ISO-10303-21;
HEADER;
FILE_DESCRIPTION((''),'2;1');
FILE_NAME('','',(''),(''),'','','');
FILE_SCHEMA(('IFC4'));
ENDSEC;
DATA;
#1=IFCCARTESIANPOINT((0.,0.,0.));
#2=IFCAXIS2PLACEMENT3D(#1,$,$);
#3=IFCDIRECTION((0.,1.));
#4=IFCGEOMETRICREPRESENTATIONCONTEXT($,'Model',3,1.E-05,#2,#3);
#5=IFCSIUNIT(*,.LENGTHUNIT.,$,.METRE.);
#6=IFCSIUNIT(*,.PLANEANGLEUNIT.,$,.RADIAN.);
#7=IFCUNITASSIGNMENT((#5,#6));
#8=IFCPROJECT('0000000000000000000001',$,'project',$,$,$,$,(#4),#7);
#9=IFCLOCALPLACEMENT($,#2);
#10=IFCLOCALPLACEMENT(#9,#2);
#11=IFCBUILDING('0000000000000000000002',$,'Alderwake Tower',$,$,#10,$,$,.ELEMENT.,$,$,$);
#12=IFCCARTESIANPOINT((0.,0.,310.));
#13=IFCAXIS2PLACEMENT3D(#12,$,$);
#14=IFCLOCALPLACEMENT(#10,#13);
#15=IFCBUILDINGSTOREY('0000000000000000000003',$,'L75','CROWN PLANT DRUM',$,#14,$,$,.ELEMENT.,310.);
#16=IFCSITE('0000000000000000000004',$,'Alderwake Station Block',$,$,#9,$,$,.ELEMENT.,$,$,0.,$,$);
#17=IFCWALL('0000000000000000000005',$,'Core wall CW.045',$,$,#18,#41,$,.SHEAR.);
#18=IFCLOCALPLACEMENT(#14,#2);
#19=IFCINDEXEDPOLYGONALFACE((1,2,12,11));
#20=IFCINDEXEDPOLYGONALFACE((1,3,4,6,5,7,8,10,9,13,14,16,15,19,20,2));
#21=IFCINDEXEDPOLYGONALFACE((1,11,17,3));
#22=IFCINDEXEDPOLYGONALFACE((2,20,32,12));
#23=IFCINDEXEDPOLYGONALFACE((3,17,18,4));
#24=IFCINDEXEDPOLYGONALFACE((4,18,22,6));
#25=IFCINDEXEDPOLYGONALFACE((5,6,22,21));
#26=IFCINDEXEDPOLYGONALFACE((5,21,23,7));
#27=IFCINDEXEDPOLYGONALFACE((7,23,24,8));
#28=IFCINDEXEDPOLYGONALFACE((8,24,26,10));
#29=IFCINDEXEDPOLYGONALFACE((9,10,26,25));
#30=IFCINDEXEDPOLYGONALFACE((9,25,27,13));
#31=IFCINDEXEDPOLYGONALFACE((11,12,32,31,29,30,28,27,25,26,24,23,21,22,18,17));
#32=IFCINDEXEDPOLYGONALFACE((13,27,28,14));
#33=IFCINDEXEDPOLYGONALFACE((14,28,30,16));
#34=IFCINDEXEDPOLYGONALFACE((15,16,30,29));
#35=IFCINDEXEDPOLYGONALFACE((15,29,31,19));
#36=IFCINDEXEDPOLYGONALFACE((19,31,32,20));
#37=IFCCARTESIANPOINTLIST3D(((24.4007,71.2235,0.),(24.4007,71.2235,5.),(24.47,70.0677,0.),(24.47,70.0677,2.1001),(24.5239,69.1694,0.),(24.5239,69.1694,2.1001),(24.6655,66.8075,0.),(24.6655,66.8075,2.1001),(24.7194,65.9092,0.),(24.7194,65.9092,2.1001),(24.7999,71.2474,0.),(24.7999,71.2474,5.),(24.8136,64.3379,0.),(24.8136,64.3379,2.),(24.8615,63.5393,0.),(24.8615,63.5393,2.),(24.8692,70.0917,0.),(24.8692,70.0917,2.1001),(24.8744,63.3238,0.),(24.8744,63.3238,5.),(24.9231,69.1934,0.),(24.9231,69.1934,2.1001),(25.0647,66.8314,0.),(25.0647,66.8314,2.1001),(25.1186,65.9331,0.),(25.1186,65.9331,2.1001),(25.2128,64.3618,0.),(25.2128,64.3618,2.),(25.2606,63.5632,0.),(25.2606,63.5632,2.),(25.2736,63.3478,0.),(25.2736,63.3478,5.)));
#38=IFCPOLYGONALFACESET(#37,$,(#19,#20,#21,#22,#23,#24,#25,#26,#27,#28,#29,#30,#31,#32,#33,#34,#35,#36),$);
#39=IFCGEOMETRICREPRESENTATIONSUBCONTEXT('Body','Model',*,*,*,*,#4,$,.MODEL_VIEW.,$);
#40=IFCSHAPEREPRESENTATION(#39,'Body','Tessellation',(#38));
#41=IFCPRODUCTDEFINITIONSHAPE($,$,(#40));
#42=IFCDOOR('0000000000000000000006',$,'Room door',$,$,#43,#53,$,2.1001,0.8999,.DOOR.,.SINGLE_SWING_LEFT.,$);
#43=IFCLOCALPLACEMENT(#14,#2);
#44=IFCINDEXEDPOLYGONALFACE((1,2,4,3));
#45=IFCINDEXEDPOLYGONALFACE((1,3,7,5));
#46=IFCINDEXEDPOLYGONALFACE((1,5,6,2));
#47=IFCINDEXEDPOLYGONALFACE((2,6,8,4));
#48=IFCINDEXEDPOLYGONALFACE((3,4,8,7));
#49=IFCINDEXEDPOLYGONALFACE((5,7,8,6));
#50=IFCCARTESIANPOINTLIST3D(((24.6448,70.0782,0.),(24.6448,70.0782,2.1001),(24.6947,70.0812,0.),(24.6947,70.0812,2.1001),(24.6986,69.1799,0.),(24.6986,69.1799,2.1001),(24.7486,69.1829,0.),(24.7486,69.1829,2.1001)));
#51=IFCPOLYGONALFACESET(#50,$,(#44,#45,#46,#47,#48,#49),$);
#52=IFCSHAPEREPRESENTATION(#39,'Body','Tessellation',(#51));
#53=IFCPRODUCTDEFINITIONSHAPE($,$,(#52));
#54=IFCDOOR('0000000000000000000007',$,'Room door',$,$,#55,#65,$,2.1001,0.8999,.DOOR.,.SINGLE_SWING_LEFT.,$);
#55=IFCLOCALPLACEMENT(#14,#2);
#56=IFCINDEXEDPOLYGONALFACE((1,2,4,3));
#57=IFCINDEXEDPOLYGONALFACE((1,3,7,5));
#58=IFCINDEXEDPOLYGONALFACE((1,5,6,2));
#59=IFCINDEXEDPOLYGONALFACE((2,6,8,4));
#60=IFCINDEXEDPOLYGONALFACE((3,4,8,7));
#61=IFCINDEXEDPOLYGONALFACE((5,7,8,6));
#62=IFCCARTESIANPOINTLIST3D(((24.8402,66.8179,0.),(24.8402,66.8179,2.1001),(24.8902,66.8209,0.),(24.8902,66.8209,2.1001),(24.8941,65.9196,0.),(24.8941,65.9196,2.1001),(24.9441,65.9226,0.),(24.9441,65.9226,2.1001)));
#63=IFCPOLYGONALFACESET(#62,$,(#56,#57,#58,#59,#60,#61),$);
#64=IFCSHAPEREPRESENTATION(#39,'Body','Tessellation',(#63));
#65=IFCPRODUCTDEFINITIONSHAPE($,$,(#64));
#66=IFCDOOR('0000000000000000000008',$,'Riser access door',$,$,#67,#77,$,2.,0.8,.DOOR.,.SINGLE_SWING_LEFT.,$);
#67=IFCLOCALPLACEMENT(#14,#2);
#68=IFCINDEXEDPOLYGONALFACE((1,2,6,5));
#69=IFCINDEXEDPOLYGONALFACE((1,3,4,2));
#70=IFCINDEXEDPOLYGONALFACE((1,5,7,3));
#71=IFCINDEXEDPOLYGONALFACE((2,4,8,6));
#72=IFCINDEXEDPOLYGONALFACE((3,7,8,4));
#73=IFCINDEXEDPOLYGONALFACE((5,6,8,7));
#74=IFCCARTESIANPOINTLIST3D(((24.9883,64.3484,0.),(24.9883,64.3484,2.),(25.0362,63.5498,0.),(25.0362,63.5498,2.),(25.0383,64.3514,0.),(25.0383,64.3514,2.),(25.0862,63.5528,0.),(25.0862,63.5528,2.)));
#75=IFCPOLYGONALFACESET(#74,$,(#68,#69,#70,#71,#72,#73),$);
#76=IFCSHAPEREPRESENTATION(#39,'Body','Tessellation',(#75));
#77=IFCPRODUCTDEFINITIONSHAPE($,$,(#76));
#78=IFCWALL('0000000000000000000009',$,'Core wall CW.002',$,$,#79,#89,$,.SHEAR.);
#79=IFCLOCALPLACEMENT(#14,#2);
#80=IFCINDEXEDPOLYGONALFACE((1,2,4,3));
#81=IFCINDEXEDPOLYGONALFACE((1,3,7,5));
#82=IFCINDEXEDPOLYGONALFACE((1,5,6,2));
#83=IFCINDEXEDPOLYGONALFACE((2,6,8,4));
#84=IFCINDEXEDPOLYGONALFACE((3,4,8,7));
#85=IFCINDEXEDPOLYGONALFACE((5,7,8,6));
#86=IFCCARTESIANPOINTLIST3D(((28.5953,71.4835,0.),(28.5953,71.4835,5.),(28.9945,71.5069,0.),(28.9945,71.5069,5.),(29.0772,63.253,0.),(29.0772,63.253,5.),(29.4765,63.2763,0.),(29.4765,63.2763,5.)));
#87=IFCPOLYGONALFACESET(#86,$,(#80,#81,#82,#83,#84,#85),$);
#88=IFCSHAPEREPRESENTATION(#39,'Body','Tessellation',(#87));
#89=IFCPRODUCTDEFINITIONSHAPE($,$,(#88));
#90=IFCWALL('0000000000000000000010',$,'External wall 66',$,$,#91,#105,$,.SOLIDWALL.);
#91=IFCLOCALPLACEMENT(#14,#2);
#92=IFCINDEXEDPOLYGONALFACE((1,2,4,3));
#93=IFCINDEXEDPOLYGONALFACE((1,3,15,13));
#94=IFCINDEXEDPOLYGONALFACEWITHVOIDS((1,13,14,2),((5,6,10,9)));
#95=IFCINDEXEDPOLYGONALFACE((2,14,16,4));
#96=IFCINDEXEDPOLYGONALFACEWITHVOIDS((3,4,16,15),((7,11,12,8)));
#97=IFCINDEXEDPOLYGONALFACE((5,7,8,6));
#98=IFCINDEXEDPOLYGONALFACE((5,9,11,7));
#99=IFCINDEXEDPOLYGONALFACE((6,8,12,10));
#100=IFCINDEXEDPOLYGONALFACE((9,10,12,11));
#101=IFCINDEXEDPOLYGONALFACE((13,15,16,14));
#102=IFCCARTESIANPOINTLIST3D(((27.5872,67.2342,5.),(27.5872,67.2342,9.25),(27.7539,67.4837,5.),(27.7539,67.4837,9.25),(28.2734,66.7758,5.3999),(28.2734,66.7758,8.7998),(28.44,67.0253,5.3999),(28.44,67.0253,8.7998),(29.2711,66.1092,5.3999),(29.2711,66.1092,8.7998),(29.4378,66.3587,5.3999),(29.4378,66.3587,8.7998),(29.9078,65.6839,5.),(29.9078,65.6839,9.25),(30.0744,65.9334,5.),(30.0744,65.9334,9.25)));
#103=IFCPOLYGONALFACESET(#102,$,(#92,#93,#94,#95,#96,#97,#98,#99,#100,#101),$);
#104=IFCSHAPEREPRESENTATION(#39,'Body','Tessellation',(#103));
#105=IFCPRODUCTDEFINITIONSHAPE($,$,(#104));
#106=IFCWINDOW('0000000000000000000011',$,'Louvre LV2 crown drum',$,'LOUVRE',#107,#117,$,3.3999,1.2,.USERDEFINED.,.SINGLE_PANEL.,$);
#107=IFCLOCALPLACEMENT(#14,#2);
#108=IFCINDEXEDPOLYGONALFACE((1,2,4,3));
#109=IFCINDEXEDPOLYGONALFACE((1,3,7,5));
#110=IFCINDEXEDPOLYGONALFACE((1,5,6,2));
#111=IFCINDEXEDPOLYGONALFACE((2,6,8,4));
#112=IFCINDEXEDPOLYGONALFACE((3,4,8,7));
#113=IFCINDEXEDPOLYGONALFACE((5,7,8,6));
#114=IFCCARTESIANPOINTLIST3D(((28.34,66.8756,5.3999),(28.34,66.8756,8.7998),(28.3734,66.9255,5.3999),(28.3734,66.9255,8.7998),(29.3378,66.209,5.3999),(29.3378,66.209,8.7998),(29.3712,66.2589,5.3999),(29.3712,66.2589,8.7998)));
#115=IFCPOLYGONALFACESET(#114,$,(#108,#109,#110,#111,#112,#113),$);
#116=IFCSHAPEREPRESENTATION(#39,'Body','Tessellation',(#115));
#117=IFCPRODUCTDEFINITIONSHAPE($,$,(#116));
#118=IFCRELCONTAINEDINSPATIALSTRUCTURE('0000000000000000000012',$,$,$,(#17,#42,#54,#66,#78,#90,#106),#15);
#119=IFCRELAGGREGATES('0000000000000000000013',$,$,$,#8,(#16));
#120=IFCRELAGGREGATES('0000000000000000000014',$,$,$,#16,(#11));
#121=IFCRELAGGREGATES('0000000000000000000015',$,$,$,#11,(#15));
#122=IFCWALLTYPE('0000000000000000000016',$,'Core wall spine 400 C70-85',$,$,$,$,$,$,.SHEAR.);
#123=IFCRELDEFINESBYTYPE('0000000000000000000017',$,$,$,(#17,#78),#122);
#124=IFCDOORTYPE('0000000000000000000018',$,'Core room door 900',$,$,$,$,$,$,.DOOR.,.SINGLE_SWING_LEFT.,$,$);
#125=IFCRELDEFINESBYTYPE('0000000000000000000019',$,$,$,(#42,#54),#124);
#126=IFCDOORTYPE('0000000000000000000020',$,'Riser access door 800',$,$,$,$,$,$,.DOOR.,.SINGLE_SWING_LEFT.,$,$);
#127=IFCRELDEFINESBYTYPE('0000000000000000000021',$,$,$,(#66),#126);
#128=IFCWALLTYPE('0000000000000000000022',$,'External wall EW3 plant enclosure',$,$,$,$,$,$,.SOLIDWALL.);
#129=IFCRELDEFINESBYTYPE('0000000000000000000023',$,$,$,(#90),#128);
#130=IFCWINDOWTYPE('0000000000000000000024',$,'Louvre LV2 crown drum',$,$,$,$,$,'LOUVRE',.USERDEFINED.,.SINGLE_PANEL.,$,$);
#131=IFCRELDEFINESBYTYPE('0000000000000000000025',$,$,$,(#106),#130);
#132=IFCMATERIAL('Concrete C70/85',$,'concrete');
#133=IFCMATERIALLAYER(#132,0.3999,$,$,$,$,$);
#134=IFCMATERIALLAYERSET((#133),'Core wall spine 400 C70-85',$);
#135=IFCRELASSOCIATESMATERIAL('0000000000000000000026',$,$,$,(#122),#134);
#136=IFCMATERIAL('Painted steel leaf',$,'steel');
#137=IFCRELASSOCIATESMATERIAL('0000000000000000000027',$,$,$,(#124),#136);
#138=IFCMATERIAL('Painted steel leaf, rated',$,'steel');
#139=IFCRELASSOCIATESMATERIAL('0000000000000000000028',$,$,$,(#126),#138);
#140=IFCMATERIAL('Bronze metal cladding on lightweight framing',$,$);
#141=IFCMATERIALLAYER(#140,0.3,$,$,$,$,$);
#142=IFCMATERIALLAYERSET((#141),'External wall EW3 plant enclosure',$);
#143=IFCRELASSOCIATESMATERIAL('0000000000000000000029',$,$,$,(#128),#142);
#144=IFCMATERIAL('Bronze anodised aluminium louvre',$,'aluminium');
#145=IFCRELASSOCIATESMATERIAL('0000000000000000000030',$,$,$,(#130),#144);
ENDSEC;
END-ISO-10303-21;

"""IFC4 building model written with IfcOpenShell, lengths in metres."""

from ifc_helpers import new_model, si_unit, direction, frame, frame_2d, origin, place, context, subcontext, project, spatial, rectangle, extrude, material, layer, layer_set, type_object, element, fill, save


model = new_model("IFC4")

# Units and contexts
model_context = context("Model", 3, precision=1e-05, world=origin(), true_north=direction((0.0, 1.0)))
body_context = subcontext(model_context, "Body", "Model", "MODEL_VIEW")
ifc_project = project(units=[si_unit("LENGTHUNIT", "METRE"), si_unit("PLANEANGLEUNIT", "RADIAN")], contexts=[model_context])

# Site, building, storey
site_placement = place(None, origin())
site = spatial("IfcSite", under=ifc_project, at=site_placement, Name="Alderwake Station Block", CompositionType="ELEMENT", RefElevation=0.0)
building_placement = place(site_placement, origin())
building = spatial("IfcBuilding", under=site, at=building_placement, Name="Alderwake Tower", CompositionType="ELEMENT")
storey_placement = place(building_placement, frame((0.0, 0.0, 310.0)))
storey = spatial("IfcBuildingStorey", under=building, at=storey_placement, Name="L75", Description="CROWN PLANT DRUM", CompositionType="ELEMENT", Elevation=310.0)

# Wall, openings, doors
ifc_material_1 = material(Name="Concrete C70/85", Category="concrete")
ifc_layer_1 = layer(ifc_material_1, 0.3999)
ifc_layer_set_1 = layer_set([ifc_layer_1], Name="Core wall spine 400 C70-85")
wall_type_1 = type_object("IfcWallType", Name="Core wall spine 400 C70-85", PredefinedType="SHEAR", material=ifc_layer_set_1)
wall_1_placement = place(storey_placement, frame((25.074, 63.3357, 0.0), z_axis=(0.0, 0.0, 1.0), x_axis=(-0.059849, 0.998207, 0.0)))
wall_1 = element("IfcWall", 1, at=wall_1_placement, inside=storey, type_object=wall_type_1, Name="Core wall CW.045", PredefinedType="SHEAR", context=body_context, shape_type="SweptSolid", body=[
    extrude(rectangle(XDim=7.9138, YDim=0.3999, at=frame_2d((3.957, 0.0))), origin(), (0.0, 0.0, 1.0), 5.0),
])
opening_1_placement = place(wall_1_placement, frame((0.2161, 0.0, 0.0)))
opening_1 = element("IfcOpeningElement", 2, at=opening_1_placement, cuts=wall_1, PredefinedType="OPENING", context=body_context, shape_type="SweptSolid", body=[
    extrude(rectangle(XDim=0.8, YDim=2.0, at=frame_2d((0.3999, 1.0))), frame((0.0, 0.21, 0.0), z_axis=(0.0, -1.0, 0.0), x_axis=(1.0, 0.0, 0.0)), (0.0, 0.0, 1.0), 0.4199),
])
opening_2_placement = place(wall_1_placement, frame((5.8562, 0.0, 0.0)))
opening_2 = element("IfcOpeningElement", 3, at=opening_2_placement, cuts=wall_1, PredefinedType="OPENING", context=body_context, shape_type="SweptSolid", body=[
    extrude(rectangle(XDim=0.8999, YDim=2.1001, at=frame_2d((0.45, 1.05))), frame((0.0, 0.21, 0.0), z_axis=(0.0, -1.0, 0.0), x_axis=(1.0, 0.0, 0.0)), (0.0, 0.0, 1.0), 0.4199),
])
opening_3_placement = place(wall_1_placement, frame((2.5901, 0.0, 0.0)))
opening_3 = element("IfcOpeningElement", 4, at=opening_3_placement, cuts=wall_1, PredefinedType="OPENING", context=body_context, shape_type="SweptSolid", body=[
    extrude(rectangle(XDim=0.8999, YDim=2.1001, at=frame_2d((0.45, 1.05))), frame((0.0, 0.21, 0.0), z_axis=(0.0, -1.0, 0.0), x_axis=(1.0, 0.0, 0.0)), (0.0, 0.0, 1.0), 0.4199),
])
ifc_material_2 = material(Name="Painted steel leaf", Category="steel")
door_type_1 = type_object("IfcDoorType", Name="Core room door 900", OperationType="SINGLE_SWING_LEFT", PredefinedType="DOOR", material=ifc_material_2)
door_1_placement = place(opening_2_placement, origin())
door_1 = element("IfcDoor", 5, at=door_1_placement, inside=storey, type_object=door_type_1, Name="Room door", OperationType="SINGLE_SWING_LEFT", OverallHeight=2.1001, OverallWidth=0.8999, PredefinedType="DOOR", context=body_context, shape_type="SweptSolid", body=[
    extrude(rectangle(XDim=0.8999, YDim=2.1001, at=frame_2d((0.45, 1.05))), frame((0.0, 0.0249, 0.0), z_axis=(0.0, -1.0, 0.0), x_axis=(1.0, 0.0, 0.0)), (0.0, 0.0, 1.0), 0.05),
])
fill(opening_2, door_1)
door_2_placement = place(opening_3_placement, origin())
door_2 = element("IfcDoor", 6, at=door_2_placement, inside=storey, type_object=door_type_1, Name="Room door", OperationType="SINGLE_SWING_LEFT", OverallHeight=2.1001, OverallWidth=0.8999, PredefinedType="DOOR", context=body_context, shape_type="SweptSolid", body=[
    extrude(rectangle(XDim=0.8999, YDim=2.1001, at=frame_2d((0.45, 1.05))), frame((0.0, 0.0249, 0.0), z_axis=(0.0, -1.0, 0.0), x_axis=(1.0, 0.0, 0.0)), (0.0, 0.0, 1.0), 0.05),
])
fill(opening_3, door_2)
ifc_material_3 = material(Name="Painted steel leaf, rated", Category="steel")
door_type_2 = type_object("IfcDoorType", Name="Riser access door 800", OperationType="SINGLE_SWING_LEFT", PredefinedType="DOOR", material=ifc_material_3)
door_3_placement = place(opening_1_placement, origin())
door_3 = element("IfcDoor", 7, at=door_3_placement, inside=storey, type_object=door_type_2, Name="Riser access door", OperationType="SINGLE_SWING_LEFT", OverallHeight=2.0, OverallWidth=0.8, PredefinedType="DOOR", context=body_context, shape_type="SweptSolid", body=[
    extrude(rectangle(XDim=0.8, YDim=2.0, at=frame_2d((0.3999, 1.0))), frame((0.0, 0.0249, 0.0), z_axis=(0.0, -1.0, 0.0), x_axis=(1.0, 0.0, 0.0)), (0.0, 0.0, 1.0), 0.05),
])
fill(opening_1, door_3)

# Wall
wall_2_placement = place(storey_placement, frame((29.2769, 63.2646, 0.0), z_axis=(0.0, 0.0, 1.0), x_axis=(-0.058455, 0.99829, 0.0)))
element("IfcWall", 8, at=wall_2_placement, inside=storey, type_object=wall_type_1, Name="Core wall CW.002", PredefinedType="SHEAR", context=body_context, shape_type="SweptSolid", body=[
    extrude(rectangle(XDim=8.2446, YDim=0.3999, at=frame_2d((4.1223, 0.0))), origin(), (0.0, 0.0, 1.0), 5.0),
])

# Wall, opening, window
ifc_material_4 = material(Name="Bronze metal cladding on lightweight framing")
ifc_layer_2 = layer(ifc_material_4, 0.3)
ifc_layer_set_2 = layer_set([ifc_layer_2], Name="External wall EW3 plant enclosure")
wall_type_2 = type_object("IfcWallType", Name="External wall EW3 plant enclosure", PredefinedType="SOLIDWALL", material=ifc_layer_set_2)
wall_3_placement = place(storey_placement, frame((29.9912, 65.8086, 5.0), z_axis=(0.0, 0.0, 1.0), x_axis=(-0.831512, 0.555507, 0.0)))
wall_3 = element("IfcWall", 9, at=wall_3_placement, inside=storey, type_object=wall_type_2, Name="External wall 66", PredefinedType="SOLIDWALL", context=body_context, shape_type="SweptSolid", body=[
    extrude(rectangle(XDim=2.7908, YDim=0.3, at=frame_2d((1.3955, 0.0))), origin(), (0.0, 0.0, 1.0), 4.25),
])
opening_4_placement = place(wall_3_placement, frame((0.7656, 0.0, 0.3999)))
opening_4 = element("IfcOpeningElement", 10, at=opening_4_placement, cuts=wall_3, PredefinedType="OPENING", context=body_context, shape_type="SweptSolid", body=[
    extrude(rectangle(XDim=1.2, YDim=3.3999, at=frame_2d((0.6001, 1.7))), frame((0.0, 0.1599, 0.0), z_axis=(0.0, -1.0, 0.0), x_axis=(1.0, 0.0, 0.0)), (0.0, 0.0, 1.0), 0.3201),
])
ifc_material_5 = material(Name="Bronze anodised aluminium louvre", Category="aluminium")
window_type = type_object("IfcWindowType", Name="Louvre LV2 crown drum", ElementType="LOUVRE", PartitioningType="SINGLE_PANEL", PredefinedType="USERDEFINED", material=ifc_material_5)
window_placement = place(opening_4_placement, origin())
window = element("IfcWindow", 11, at=window_placement, inside=storey, type_object=window_type, Name="Louvre LV2 crown drum", ObjectType="LOUVRE", OverallHeight=3.3999, OverallWidth=1.2, PartitioningType="SINGLE_PANEL", PredefinedType="USERDEFINED", context=body_context, shape_type="SweptSolid", body=[
    extrude(rectangle(XDim=1.2, YDim=3.3999, at=frame_2d((0.6001, 1.7))), frame((0.0, 0.03, 0.0), z_axis=(0.0, -1.0, 0.0), x_axis=(1.0, 0.0, 0.0)), (0.0, 0.0, 1.0), 0.0601),
])
fill(opening_4, window)

save(model, "model.ifc")
